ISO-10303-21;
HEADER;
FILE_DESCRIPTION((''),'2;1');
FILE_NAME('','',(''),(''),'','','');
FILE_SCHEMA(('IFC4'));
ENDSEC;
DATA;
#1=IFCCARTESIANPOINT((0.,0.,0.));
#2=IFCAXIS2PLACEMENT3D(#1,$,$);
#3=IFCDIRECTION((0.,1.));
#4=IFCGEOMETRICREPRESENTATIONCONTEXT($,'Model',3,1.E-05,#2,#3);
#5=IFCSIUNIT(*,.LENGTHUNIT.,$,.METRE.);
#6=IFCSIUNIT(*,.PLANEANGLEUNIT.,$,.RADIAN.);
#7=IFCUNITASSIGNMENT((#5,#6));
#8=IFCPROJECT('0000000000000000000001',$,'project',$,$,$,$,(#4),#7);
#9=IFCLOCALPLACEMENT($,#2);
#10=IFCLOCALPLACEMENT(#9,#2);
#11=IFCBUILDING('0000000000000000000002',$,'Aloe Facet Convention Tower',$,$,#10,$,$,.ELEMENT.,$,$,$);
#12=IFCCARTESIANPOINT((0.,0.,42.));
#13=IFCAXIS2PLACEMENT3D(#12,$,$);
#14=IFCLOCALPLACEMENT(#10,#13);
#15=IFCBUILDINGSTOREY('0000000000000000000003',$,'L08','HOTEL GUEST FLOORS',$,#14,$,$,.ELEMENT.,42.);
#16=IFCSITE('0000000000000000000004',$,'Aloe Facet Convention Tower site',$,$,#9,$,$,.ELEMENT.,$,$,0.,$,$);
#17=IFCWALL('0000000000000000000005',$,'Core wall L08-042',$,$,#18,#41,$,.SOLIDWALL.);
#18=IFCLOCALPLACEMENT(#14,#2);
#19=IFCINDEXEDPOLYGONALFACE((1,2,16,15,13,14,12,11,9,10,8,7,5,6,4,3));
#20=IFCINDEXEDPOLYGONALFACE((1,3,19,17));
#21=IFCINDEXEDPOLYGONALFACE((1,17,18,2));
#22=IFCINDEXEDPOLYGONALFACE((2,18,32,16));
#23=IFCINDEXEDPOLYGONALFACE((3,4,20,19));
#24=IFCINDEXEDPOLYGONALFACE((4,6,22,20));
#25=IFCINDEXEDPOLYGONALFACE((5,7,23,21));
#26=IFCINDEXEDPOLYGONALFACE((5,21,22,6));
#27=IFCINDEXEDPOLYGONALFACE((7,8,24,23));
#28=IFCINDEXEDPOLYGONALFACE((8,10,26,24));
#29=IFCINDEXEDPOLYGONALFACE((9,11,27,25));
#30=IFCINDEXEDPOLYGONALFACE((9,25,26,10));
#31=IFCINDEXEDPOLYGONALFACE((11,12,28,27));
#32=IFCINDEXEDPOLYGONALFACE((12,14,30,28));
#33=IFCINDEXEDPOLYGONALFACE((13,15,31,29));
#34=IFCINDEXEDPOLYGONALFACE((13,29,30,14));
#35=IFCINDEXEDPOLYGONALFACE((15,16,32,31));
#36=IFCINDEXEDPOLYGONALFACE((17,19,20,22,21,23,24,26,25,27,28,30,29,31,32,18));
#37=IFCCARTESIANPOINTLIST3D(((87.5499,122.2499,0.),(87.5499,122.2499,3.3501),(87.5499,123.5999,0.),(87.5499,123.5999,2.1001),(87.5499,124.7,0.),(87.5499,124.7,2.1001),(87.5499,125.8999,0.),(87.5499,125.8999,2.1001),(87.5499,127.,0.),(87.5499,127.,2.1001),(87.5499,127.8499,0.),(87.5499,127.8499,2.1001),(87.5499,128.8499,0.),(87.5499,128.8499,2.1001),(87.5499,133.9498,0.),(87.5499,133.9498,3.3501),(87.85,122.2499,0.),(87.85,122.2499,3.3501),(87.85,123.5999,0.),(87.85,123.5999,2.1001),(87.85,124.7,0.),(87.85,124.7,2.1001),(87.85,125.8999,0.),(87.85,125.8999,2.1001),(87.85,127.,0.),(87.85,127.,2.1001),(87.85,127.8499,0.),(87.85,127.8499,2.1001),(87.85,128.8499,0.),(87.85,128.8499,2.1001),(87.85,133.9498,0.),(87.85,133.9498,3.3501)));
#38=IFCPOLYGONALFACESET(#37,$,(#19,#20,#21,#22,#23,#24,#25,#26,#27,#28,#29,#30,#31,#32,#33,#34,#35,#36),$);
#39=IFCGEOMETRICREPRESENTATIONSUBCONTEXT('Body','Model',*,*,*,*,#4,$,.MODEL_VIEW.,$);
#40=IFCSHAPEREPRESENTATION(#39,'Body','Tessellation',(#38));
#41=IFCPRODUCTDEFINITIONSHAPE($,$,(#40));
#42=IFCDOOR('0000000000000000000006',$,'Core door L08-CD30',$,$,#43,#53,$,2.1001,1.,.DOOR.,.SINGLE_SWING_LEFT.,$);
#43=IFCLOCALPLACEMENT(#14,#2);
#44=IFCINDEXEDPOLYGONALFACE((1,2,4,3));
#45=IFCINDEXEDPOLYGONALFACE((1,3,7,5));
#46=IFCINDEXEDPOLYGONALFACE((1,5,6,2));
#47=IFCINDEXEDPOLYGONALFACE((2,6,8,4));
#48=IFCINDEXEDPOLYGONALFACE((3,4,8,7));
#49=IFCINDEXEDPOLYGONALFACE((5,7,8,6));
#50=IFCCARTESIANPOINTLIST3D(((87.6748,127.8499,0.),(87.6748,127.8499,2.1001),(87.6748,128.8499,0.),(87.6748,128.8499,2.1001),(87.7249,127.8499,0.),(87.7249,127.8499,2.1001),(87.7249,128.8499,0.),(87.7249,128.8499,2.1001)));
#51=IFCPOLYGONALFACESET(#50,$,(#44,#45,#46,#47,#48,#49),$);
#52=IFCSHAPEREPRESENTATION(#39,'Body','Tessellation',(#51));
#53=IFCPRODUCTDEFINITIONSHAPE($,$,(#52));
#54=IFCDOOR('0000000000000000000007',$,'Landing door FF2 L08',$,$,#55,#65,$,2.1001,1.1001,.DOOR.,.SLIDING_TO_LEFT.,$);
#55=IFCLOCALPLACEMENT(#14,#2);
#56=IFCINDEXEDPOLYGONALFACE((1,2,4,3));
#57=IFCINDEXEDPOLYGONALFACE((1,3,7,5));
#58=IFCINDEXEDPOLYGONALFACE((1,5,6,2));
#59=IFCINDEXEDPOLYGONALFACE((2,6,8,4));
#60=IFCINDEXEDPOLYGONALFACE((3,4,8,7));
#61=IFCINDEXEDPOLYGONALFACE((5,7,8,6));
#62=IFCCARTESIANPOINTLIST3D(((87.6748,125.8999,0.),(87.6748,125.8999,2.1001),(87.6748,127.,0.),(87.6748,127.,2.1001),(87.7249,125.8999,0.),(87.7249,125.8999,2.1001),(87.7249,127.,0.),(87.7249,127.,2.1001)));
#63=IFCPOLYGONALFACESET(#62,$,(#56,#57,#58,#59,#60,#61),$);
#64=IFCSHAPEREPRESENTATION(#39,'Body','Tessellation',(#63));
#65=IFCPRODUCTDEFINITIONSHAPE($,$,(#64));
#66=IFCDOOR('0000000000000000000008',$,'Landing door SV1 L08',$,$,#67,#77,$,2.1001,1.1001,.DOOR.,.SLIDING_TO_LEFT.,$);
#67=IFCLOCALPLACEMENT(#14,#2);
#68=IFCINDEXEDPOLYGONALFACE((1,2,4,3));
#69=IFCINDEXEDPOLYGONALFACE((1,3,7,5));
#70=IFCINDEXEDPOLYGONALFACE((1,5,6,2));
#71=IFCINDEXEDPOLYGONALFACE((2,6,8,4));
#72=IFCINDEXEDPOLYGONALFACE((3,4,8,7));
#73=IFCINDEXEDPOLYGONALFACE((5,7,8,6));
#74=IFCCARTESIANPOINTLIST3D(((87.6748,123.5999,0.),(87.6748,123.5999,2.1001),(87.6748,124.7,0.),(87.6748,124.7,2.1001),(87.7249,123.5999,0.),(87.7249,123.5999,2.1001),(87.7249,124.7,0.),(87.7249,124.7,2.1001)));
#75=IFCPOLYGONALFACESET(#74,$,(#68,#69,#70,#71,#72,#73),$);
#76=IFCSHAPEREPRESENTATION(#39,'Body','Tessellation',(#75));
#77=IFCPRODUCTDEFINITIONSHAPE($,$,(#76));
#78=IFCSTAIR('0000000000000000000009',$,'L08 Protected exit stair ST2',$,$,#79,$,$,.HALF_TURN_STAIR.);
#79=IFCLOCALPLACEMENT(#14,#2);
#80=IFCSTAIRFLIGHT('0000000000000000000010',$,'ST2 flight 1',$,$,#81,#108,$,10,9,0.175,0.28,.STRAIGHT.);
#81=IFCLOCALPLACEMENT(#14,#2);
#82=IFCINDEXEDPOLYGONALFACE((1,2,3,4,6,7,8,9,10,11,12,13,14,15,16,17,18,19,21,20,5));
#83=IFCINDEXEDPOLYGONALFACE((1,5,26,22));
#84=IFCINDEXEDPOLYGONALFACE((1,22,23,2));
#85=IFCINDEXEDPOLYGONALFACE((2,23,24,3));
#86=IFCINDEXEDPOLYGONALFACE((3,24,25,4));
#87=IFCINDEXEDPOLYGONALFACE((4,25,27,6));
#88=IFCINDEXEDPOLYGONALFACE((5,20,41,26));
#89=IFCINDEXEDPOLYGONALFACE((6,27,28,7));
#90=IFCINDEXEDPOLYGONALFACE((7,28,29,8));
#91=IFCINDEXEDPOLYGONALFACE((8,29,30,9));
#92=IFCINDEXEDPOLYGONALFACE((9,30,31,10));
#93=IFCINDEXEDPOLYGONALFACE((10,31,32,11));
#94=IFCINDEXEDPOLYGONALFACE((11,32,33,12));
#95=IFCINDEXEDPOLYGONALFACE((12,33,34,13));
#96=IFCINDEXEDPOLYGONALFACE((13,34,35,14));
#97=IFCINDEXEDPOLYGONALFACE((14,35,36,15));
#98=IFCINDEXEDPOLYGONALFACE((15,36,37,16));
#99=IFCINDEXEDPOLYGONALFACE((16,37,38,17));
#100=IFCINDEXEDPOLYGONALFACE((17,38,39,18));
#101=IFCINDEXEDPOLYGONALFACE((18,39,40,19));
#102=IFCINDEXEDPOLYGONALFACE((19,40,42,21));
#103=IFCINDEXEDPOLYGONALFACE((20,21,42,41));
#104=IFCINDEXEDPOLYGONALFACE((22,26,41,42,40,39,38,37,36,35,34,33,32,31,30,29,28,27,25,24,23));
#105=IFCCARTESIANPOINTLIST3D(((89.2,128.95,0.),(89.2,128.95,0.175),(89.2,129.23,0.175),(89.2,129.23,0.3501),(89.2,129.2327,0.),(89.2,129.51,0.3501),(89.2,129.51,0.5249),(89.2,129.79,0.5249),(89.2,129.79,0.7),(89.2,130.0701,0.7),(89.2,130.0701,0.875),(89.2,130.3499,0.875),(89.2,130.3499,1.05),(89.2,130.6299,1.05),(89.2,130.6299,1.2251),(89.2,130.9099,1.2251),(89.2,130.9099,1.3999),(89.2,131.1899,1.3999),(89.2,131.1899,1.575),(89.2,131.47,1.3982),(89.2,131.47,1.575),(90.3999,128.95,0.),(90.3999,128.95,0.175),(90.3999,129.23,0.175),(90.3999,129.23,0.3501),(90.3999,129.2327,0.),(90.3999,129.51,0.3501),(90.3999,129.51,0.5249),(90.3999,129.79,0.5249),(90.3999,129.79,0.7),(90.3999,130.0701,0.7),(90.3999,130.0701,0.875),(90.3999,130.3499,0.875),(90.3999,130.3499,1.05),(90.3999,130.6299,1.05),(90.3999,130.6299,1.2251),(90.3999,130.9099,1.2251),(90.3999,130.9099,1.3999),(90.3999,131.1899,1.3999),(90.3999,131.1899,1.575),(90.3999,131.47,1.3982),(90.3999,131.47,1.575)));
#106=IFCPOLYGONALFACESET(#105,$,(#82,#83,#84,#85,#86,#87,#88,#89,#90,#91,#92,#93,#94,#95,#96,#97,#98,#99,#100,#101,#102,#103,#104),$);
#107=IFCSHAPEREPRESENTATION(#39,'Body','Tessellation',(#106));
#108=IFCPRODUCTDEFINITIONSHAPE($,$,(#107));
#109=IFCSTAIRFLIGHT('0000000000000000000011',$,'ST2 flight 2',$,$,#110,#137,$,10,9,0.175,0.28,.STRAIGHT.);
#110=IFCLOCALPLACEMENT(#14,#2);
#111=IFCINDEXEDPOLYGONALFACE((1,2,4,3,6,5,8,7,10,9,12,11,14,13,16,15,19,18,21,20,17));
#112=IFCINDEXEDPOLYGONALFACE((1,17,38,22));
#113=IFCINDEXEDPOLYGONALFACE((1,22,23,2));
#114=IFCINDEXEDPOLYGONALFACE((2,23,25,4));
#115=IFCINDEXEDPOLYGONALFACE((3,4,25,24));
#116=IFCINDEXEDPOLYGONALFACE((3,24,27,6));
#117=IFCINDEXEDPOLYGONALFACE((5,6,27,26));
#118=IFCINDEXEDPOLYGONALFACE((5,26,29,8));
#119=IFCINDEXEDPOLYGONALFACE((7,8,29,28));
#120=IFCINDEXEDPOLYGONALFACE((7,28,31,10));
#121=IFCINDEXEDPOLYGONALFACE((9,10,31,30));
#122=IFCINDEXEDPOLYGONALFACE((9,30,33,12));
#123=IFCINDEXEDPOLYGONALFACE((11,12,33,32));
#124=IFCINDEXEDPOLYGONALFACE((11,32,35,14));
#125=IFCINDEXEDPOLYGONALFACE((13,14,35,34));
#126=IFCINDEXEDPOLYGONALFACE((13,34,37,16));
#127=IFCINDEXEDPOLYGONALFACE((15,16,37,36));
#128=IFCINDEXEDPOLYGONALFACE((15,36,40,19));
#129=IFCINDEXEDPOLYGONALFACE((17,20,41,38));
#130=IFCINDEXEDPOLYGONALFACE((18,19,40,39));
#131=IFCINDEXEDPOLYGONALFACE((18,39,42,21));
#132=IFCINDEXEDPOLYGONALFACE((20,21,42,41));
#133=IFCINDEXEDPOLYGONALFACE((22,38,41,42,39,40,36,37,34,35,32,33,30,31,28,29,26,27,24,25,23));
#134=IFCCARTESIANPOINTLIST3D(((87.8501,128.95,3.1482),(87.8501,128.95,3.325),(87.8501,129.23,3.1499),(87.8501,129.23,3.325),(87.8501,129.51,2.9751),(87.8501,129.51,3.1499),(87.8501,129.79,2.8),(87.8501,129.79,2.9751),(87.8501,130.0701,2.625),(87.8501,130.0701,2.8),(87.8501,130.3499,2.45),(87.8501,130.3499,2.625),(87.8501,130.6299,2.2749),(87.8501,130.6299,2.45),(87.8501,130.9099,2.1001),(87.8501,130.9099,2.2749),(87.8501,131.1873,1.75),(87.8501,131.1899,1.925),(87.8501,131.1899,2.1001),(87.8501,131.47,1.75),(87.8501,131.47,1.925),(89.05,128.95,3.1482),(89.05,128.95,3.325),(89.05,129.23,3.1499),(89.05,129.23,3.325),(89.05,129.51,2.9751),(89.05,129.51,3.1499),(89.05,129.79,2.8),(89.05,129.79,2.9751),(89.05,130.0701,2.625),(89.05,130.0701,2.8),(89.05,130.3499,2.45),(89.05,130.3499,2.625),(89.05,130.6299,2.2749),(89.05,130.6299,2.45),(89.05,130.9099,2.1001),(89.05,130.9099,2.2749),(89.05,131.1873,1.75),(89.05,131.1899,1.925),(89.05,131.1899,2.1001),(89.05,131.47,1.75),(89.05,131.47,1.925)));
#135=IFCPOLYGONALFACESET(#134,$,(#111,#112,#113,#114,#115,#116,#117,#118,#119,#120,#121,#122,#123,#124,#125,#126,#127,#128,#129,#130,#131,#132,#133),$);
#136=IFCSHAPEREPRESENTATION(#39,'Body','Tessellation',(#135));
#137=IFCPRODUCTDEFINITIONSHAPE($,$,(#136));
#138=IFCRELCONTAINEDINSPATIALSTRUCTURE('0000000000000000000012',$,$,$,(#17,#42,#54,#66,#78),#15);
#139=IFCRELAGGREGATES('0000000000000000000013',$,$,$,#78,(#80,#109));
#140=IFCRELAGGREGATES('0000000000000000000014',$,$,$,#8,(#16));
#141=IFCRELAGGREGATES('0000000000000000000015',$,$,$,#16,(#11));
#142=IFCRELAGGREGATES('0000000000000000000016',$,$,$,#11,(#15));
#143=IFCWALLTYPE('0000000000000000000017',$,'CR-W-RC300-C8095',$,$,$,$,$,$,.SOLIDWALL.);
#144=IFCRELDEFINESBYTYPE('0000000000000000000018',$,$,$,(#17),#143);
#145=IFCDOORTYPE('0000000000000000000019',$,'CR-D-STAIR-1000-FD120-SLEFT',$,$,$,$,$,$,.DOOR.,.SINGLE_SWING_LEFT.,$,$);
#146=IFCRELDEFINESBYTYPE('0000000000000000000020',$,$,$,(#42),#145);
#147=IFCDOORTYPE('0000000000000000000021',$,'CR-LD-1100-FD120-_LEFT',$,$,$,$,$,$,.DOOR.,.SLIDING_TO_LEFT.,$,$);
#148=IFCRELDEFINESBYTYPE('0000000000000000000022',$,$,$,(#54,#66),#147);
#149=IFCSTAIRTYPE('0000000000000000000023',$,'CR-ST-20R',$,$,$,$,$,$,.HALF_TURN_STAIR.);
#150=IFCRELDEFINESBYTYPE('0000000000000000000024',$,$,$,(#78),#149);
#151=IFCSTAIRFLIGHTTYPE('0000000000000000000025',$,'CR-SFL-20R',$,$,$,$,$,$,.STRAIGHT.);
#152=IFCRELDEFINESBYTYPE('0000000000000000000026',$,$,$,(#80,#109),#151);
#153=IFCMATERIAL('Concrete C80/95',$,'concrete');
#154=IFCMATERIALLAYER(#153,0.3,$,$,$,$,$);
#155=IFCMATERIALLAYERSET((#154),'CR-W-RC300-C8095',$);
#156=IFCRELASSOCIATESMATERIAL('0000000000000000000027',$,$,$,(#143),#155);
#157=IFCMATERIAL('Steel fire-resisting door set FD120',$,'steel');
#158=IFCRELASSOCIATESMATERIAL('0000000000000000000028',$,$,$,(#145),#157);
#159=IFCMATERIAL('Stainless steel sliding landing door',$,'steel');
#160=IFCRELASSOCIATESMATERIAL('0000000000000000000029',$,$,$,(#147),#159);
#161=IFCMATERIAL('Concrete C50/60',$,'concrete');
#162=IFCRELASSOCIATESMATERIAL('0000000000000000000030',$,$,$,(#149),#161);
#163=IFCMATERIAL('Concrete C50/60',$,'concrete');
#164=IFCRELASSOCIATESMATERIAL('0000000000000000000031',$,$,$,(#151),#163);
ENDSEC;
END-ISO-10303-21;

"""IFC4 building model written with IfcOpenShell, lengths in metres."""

from ifc_helpers import new_model, si_unit, direction, frame, frame_2d, origin, place, context, subcontext, project, spatial, polyline, rectangle, outline, extrude, material, layer, layer_set, type_object, element, fill, aggregate, save


model = new_model("IFC4")

# Units and contexts
model_context = context("Model", 3, precision=1e-05, world=origin(), true_north=direction((0.0, 1.0)))
body_context = subcontext(model_context, "Body", "Model", "MODEL_VIEW")
ifc_project = project(units=[si_unit("LENGTHUNIT", "METRE"), si_unit("PLANEANGLEUNIT", "RADIAN")], contexts=[model_context])

# Site, building, storey
site_placement = place(None, origin())
site = spatial("IfcSite", under=ifc_project, at=site_placement, Name="Aloe Facet Convention Tower site", CompositionType="ELEMENT", RefElevation=0.0)
building_placement = place(site_placement, origin())
building = spatial("IfcBuilding", under=site, at=building_placement, Name="Aloe Facet Convention Tower", CompositionType="ELEMENT")
storey_placement = place(building_placement, frame((0.0, 0.0, 42.0)))
storey = spatial("IfcBuildingStorey", under=building, at=storey_placement, Name="L08", Description="HOTEL GUEST FLOORS", CompositionType="ELEMENT", Elevation=42.0)

# Shared definitions
ifc_material_1 = material(Name="Concrete C80/95", Category="concrete")
ifc_layer_1 = layer(ifc_material_1, 0.3)
ifc_layer_set_1 = layer_set([ifc_layer_1], Name="CR-W-RC300-C8095")
wall_type_1 = type_object("IfcWallType", Name="CR-W-RC300-C8095", PredefinedType="SOLIDWALL", material=ifc_layer_set_1)

# Wall, openings, doors
wall_1_placement = place(storey_placement, frame((87.7, 133.95, 0.0), z_axis=(0.0, 0.0, 1.0), x_axis=(0.0, -1.0, 0.0)))
wall_1 = element("IfcWall", 1, at=wall_1_placement, inside=storey, type_object=wall_type_1, Name="Core wall L08-042", PredefinedType="SOLIDWALL", context=body_context, shape_type="SweptSolid", body=[
    extrude(rectangle(XDim=11.7, YDim=0.3, at=frame_2d((5.8501, 0.0))), origin(), (0.0, 0.0, 1.0), 3.3501),
])
opening_1_placement = place(wall_1_placement, frame((6.95, 0.0, 0.0)))
opening_1 = element("IfcOpeningElement", 2, at=opening_1_placement, cuts=wall_1, PredefinedType="OPENING", context=body_context, shape_type="SweptSolid", body=[
    extrude(rectangle(XDim=1.1001, YDim=2.1001, at=frame_2d((0.55, 1.05))), frame((0.0, 0.1602, 0.0), z_axis=(0.0, -1.0, 0.0), x_axis=(1.0, 0.0, 0.0)), (0.0, 0.0, 1.0), 0.3201),
])
opening_2_placement = place(wall_1_placement, frame((5.1001, 0.0, 0.0)))
opening_2 = element("IfcOpeningElement", 3, at=opening_2_placement, cuts=wall_1, PredefinedType="OPENING", context=body_context, shape_type="SweptSolid", body=[
    extrude(rectangle(XDim=1.0, YDim=2.1001, at=frame_2d((0.5, 1.05))), frame((0.0, 0.1602, 0.0), z_axis=(0.0, -1.0, 0.0), x_axis=(1.0, 0.0, 0.0)), (0.0, 0.0, 1.0), 0.3201),
])
opening_3_placement = place(wall_1_placement, frame((9.25, 0.0, 0.0)))
opening_3 = element("IfcOpeningElement", 4, at=opening_3_placement, cuts=wall_1, PredefinedType="OPENING", context=body_context, shape_type="SweptSolid", body=[
    extrude(rectangle(XDim=1.1001, YDim=2.1001, at=frame_2d((0.55, 1.05))), frame((0.0, 0.1602, 0.0), z_axis=(0.0, -1.0, 0.0), x_axis=(1.0, 0.0, 0.0)), (0.0, 0.0, 1.0), 0.3201),
])
ifc_material_2 = material(Name="Steel fire-resisting door set FD120", Category="steel")
door_type_1 = type_object("IfcDoorType", Name="CR-D-STAIR-1000-FD120-SLEFT", OperationType="SINGLE_SWING_LEFT", PredefinedType="DOOR", material=ifc_material_2)
door_1_placement = place(opening_2_placement, origin())
door_1 = element("IfcDoor", 5, at=door_1_placement, inside=storey, type_object=door_type_1, Name="Core door L08-CD30", OperationType="SINGLE_SWING_LEFT", OverallHeight=2.1001, OverallWidth=1.0, PredefinedType="DOOR", context=body_context, shape_type="SweptSolid", body=[
    extrude(rectangle(XDim=1.0, YDim=2.1001, at=frame_2d((0.5, 1.05))), frame((0.0, 0.0249, 0.0), z_axis=(0.0, -1.0, 0.0), x_axis=(1.0, 0.0, 0.0)), (0.0, 0.0, 1.0), 0.05),
])
fill(opening_2, door_1)
ifc_material_3 = material(Name="Stainless steel sliding landing door", Category="steel")
door_type_2 = type_object("IfcDoorType", Name="CR-LD-1100-FD120-_LEFT", OperationType="SLIDING_TO_LEFT", PredefinedType="DOOR", material=ifc_material_3)
door_2_placement = place(opening_1_placement, origin())
door_2 = element("IfcDoor", 6, at=door_2_placement, inside=storey, type_object=door_type_2, Name="Landing door FF2 L08", OperationType="SLIDING_TO_LEFT", OverallHeight=2.1001, OverallWidth=1.1001, PredefinedType="DOOR", context=body_context, shape_type="SweptSolid", body=[
    extrude(rectangle(XDim=1.1001, YDim=2.1001, at=frame_2d((0.55, 1.05))), frame((0.0, 0.0249, 0.0), z_axis=(0.0, -1.0, 0.0), x_axis=(1.0, 0.0, 0.0)), (0.0, 0.0, 1.0), 0.05),
])
fill(opening_1, door_2)
door_3_placement = place(opening_3_placement, origin())
door_3 = element("IfcDoor", 7, at=door_3_placement, inside=storey, type_object=door_type_2, Name="Landing door SV1 L08", OperationType="SLIDING_TO_LEFT", OverallHeight=2.1001, OverallWidth=1.1001, PredefinedType="DOOR", context=body_context, shape_type="SweptSolid", body=[
    extrude(rectangle(XDim=1.1001, YDim=2.1001, at=frame_2d((0.55, 1.05))), frame((0.0, 0.0249, 0.0), z_axis=(0.0, -1.0, 0.0), x_axis=(1.0, 0.0, 0.0)), (0.0, 0.0, 1.0), 0.05),
])
fill(opening_3, door_3)

# Stair, stair flights
ifc_material_4 = material(Name="Concrete C50/60", Category="concrete")
stair_type = type_object("IfcStairType", Name="CR-ST-20R", PredefinedType="HALF_TURN_STAIR", material=ifc_material_4)
stair_placement = place(storey_placement, origin())
stair = element("IfcStair", 8, at=stair_placement, inside=storey, type_object=stair_type, Name="L08 Protected exit stair ST2", PredefinedType="HALF_TURN_STAIR")
ifc_material_5 = material(Name="Concrete C50/60", Category="concrete")
stair_flight_type = type_object("IfcStairFlightType", Name="CR-SFL-20R", PredefinedType="STRAIGHT", material=ifc_material_5)
stair_flight_1_placement = place(storey_placement, frame((89.8, 128.95, 0.0), z_axis=(0.0, 0.0, 1.0), x_axis=(0.0, 1.0, 0.0)))
stair_flight_1 = element("IfcStairFlight", 9, at=stair_flight_1_placement, type_object=stair_flight_type, Name="ST2 flight 1", NumberOfRisers=10, NumberOfTreads=9, PredefinedType="STRAIGHT", RiserHeight=0.175, TreadLength=0.28, context=body_context, shape_type="SweptSolid", body=[
    extrude(outline(polyline([(0.0, 0.0), (0.0, 0.175), (0.28, 0.175), (0.28, 0.3501), (0.5601, 0.3501), (0.5601, 0.5249), (0.8401, 0.5249), (0.8401, 0.7), (1.1201, 0.7), (1.1201, 0.875), (1.3999, 0.875), (1.3999, 1.05), (1.6799, 1.05), (1.6799, 1.2251), (1.96, 1.2251), (1.96, 1.3999), (2.24, 1.3999), (2.24, 1.575), (2.52, 1.575), (2.52, 1.75), (2.52, 1.3982), (0.2827, 0.0), (0.0, 0.0)])), frame((0.0, 0.6001, 0.0), z_axis=(0.0, -1.0, 0.0), x_axis=(1.0, 0.0, 0.0)), (0.0, 0.0, 1.0), 1.2),
])
stair_flight_2_placement = place(storey_placement, frame((88.45, 131.47, 1.75), z_axis=(0.0, 0.0, 1.0), x_axis=(0.0, -1.0, 0.0)))
stair_flight_2 = element("IfcStairFlight", 10, at=stair_flight_2_placement, type_object=stair_flight_type, Name="ST2 flight 2", NumberOfRisers=10, NumberOfTreads=9, PredefinedType="STRAIGHT", RiserHeight=0.175, TreadLength=0.28, context=body_context, shape_type="SweptSolid", body=[
    extrude(outline(polyline([(0.0, 0.0), (0.0, 0.175), (0.28, 0.175), (0.28, 0.3501), (0.5601, 0.3501), (0.5601, 0.5249), (0.8401, 0.5249), (0.8401, 0.7), (1.1201, 0.7), (1.1201, 0.875), (1.3999, 0.875), (1.3999, 1.05), (1.6799, 1.05), (1.6799, 1.2251), (1.96, 1.2251), (1.96, 1.3999), (2.24, 1.3999), (2.24, 1.575), (2.52, 1.575), (2.52, 1.75), (2.52, 1.3982), (0.2827, 0.0), (0.0, 0.0)])), frame((0.0, 0.6001, 0.0), z_axis=(0.0, -1.0, 0.0), x_axis=(1.0, 0.0, 0.0)), (0.0, 0.0, 1.0), 1.2),
])
aggregate(stair, [stair_flight_1, stair_flight_2])

save(model, "model.ifc")
